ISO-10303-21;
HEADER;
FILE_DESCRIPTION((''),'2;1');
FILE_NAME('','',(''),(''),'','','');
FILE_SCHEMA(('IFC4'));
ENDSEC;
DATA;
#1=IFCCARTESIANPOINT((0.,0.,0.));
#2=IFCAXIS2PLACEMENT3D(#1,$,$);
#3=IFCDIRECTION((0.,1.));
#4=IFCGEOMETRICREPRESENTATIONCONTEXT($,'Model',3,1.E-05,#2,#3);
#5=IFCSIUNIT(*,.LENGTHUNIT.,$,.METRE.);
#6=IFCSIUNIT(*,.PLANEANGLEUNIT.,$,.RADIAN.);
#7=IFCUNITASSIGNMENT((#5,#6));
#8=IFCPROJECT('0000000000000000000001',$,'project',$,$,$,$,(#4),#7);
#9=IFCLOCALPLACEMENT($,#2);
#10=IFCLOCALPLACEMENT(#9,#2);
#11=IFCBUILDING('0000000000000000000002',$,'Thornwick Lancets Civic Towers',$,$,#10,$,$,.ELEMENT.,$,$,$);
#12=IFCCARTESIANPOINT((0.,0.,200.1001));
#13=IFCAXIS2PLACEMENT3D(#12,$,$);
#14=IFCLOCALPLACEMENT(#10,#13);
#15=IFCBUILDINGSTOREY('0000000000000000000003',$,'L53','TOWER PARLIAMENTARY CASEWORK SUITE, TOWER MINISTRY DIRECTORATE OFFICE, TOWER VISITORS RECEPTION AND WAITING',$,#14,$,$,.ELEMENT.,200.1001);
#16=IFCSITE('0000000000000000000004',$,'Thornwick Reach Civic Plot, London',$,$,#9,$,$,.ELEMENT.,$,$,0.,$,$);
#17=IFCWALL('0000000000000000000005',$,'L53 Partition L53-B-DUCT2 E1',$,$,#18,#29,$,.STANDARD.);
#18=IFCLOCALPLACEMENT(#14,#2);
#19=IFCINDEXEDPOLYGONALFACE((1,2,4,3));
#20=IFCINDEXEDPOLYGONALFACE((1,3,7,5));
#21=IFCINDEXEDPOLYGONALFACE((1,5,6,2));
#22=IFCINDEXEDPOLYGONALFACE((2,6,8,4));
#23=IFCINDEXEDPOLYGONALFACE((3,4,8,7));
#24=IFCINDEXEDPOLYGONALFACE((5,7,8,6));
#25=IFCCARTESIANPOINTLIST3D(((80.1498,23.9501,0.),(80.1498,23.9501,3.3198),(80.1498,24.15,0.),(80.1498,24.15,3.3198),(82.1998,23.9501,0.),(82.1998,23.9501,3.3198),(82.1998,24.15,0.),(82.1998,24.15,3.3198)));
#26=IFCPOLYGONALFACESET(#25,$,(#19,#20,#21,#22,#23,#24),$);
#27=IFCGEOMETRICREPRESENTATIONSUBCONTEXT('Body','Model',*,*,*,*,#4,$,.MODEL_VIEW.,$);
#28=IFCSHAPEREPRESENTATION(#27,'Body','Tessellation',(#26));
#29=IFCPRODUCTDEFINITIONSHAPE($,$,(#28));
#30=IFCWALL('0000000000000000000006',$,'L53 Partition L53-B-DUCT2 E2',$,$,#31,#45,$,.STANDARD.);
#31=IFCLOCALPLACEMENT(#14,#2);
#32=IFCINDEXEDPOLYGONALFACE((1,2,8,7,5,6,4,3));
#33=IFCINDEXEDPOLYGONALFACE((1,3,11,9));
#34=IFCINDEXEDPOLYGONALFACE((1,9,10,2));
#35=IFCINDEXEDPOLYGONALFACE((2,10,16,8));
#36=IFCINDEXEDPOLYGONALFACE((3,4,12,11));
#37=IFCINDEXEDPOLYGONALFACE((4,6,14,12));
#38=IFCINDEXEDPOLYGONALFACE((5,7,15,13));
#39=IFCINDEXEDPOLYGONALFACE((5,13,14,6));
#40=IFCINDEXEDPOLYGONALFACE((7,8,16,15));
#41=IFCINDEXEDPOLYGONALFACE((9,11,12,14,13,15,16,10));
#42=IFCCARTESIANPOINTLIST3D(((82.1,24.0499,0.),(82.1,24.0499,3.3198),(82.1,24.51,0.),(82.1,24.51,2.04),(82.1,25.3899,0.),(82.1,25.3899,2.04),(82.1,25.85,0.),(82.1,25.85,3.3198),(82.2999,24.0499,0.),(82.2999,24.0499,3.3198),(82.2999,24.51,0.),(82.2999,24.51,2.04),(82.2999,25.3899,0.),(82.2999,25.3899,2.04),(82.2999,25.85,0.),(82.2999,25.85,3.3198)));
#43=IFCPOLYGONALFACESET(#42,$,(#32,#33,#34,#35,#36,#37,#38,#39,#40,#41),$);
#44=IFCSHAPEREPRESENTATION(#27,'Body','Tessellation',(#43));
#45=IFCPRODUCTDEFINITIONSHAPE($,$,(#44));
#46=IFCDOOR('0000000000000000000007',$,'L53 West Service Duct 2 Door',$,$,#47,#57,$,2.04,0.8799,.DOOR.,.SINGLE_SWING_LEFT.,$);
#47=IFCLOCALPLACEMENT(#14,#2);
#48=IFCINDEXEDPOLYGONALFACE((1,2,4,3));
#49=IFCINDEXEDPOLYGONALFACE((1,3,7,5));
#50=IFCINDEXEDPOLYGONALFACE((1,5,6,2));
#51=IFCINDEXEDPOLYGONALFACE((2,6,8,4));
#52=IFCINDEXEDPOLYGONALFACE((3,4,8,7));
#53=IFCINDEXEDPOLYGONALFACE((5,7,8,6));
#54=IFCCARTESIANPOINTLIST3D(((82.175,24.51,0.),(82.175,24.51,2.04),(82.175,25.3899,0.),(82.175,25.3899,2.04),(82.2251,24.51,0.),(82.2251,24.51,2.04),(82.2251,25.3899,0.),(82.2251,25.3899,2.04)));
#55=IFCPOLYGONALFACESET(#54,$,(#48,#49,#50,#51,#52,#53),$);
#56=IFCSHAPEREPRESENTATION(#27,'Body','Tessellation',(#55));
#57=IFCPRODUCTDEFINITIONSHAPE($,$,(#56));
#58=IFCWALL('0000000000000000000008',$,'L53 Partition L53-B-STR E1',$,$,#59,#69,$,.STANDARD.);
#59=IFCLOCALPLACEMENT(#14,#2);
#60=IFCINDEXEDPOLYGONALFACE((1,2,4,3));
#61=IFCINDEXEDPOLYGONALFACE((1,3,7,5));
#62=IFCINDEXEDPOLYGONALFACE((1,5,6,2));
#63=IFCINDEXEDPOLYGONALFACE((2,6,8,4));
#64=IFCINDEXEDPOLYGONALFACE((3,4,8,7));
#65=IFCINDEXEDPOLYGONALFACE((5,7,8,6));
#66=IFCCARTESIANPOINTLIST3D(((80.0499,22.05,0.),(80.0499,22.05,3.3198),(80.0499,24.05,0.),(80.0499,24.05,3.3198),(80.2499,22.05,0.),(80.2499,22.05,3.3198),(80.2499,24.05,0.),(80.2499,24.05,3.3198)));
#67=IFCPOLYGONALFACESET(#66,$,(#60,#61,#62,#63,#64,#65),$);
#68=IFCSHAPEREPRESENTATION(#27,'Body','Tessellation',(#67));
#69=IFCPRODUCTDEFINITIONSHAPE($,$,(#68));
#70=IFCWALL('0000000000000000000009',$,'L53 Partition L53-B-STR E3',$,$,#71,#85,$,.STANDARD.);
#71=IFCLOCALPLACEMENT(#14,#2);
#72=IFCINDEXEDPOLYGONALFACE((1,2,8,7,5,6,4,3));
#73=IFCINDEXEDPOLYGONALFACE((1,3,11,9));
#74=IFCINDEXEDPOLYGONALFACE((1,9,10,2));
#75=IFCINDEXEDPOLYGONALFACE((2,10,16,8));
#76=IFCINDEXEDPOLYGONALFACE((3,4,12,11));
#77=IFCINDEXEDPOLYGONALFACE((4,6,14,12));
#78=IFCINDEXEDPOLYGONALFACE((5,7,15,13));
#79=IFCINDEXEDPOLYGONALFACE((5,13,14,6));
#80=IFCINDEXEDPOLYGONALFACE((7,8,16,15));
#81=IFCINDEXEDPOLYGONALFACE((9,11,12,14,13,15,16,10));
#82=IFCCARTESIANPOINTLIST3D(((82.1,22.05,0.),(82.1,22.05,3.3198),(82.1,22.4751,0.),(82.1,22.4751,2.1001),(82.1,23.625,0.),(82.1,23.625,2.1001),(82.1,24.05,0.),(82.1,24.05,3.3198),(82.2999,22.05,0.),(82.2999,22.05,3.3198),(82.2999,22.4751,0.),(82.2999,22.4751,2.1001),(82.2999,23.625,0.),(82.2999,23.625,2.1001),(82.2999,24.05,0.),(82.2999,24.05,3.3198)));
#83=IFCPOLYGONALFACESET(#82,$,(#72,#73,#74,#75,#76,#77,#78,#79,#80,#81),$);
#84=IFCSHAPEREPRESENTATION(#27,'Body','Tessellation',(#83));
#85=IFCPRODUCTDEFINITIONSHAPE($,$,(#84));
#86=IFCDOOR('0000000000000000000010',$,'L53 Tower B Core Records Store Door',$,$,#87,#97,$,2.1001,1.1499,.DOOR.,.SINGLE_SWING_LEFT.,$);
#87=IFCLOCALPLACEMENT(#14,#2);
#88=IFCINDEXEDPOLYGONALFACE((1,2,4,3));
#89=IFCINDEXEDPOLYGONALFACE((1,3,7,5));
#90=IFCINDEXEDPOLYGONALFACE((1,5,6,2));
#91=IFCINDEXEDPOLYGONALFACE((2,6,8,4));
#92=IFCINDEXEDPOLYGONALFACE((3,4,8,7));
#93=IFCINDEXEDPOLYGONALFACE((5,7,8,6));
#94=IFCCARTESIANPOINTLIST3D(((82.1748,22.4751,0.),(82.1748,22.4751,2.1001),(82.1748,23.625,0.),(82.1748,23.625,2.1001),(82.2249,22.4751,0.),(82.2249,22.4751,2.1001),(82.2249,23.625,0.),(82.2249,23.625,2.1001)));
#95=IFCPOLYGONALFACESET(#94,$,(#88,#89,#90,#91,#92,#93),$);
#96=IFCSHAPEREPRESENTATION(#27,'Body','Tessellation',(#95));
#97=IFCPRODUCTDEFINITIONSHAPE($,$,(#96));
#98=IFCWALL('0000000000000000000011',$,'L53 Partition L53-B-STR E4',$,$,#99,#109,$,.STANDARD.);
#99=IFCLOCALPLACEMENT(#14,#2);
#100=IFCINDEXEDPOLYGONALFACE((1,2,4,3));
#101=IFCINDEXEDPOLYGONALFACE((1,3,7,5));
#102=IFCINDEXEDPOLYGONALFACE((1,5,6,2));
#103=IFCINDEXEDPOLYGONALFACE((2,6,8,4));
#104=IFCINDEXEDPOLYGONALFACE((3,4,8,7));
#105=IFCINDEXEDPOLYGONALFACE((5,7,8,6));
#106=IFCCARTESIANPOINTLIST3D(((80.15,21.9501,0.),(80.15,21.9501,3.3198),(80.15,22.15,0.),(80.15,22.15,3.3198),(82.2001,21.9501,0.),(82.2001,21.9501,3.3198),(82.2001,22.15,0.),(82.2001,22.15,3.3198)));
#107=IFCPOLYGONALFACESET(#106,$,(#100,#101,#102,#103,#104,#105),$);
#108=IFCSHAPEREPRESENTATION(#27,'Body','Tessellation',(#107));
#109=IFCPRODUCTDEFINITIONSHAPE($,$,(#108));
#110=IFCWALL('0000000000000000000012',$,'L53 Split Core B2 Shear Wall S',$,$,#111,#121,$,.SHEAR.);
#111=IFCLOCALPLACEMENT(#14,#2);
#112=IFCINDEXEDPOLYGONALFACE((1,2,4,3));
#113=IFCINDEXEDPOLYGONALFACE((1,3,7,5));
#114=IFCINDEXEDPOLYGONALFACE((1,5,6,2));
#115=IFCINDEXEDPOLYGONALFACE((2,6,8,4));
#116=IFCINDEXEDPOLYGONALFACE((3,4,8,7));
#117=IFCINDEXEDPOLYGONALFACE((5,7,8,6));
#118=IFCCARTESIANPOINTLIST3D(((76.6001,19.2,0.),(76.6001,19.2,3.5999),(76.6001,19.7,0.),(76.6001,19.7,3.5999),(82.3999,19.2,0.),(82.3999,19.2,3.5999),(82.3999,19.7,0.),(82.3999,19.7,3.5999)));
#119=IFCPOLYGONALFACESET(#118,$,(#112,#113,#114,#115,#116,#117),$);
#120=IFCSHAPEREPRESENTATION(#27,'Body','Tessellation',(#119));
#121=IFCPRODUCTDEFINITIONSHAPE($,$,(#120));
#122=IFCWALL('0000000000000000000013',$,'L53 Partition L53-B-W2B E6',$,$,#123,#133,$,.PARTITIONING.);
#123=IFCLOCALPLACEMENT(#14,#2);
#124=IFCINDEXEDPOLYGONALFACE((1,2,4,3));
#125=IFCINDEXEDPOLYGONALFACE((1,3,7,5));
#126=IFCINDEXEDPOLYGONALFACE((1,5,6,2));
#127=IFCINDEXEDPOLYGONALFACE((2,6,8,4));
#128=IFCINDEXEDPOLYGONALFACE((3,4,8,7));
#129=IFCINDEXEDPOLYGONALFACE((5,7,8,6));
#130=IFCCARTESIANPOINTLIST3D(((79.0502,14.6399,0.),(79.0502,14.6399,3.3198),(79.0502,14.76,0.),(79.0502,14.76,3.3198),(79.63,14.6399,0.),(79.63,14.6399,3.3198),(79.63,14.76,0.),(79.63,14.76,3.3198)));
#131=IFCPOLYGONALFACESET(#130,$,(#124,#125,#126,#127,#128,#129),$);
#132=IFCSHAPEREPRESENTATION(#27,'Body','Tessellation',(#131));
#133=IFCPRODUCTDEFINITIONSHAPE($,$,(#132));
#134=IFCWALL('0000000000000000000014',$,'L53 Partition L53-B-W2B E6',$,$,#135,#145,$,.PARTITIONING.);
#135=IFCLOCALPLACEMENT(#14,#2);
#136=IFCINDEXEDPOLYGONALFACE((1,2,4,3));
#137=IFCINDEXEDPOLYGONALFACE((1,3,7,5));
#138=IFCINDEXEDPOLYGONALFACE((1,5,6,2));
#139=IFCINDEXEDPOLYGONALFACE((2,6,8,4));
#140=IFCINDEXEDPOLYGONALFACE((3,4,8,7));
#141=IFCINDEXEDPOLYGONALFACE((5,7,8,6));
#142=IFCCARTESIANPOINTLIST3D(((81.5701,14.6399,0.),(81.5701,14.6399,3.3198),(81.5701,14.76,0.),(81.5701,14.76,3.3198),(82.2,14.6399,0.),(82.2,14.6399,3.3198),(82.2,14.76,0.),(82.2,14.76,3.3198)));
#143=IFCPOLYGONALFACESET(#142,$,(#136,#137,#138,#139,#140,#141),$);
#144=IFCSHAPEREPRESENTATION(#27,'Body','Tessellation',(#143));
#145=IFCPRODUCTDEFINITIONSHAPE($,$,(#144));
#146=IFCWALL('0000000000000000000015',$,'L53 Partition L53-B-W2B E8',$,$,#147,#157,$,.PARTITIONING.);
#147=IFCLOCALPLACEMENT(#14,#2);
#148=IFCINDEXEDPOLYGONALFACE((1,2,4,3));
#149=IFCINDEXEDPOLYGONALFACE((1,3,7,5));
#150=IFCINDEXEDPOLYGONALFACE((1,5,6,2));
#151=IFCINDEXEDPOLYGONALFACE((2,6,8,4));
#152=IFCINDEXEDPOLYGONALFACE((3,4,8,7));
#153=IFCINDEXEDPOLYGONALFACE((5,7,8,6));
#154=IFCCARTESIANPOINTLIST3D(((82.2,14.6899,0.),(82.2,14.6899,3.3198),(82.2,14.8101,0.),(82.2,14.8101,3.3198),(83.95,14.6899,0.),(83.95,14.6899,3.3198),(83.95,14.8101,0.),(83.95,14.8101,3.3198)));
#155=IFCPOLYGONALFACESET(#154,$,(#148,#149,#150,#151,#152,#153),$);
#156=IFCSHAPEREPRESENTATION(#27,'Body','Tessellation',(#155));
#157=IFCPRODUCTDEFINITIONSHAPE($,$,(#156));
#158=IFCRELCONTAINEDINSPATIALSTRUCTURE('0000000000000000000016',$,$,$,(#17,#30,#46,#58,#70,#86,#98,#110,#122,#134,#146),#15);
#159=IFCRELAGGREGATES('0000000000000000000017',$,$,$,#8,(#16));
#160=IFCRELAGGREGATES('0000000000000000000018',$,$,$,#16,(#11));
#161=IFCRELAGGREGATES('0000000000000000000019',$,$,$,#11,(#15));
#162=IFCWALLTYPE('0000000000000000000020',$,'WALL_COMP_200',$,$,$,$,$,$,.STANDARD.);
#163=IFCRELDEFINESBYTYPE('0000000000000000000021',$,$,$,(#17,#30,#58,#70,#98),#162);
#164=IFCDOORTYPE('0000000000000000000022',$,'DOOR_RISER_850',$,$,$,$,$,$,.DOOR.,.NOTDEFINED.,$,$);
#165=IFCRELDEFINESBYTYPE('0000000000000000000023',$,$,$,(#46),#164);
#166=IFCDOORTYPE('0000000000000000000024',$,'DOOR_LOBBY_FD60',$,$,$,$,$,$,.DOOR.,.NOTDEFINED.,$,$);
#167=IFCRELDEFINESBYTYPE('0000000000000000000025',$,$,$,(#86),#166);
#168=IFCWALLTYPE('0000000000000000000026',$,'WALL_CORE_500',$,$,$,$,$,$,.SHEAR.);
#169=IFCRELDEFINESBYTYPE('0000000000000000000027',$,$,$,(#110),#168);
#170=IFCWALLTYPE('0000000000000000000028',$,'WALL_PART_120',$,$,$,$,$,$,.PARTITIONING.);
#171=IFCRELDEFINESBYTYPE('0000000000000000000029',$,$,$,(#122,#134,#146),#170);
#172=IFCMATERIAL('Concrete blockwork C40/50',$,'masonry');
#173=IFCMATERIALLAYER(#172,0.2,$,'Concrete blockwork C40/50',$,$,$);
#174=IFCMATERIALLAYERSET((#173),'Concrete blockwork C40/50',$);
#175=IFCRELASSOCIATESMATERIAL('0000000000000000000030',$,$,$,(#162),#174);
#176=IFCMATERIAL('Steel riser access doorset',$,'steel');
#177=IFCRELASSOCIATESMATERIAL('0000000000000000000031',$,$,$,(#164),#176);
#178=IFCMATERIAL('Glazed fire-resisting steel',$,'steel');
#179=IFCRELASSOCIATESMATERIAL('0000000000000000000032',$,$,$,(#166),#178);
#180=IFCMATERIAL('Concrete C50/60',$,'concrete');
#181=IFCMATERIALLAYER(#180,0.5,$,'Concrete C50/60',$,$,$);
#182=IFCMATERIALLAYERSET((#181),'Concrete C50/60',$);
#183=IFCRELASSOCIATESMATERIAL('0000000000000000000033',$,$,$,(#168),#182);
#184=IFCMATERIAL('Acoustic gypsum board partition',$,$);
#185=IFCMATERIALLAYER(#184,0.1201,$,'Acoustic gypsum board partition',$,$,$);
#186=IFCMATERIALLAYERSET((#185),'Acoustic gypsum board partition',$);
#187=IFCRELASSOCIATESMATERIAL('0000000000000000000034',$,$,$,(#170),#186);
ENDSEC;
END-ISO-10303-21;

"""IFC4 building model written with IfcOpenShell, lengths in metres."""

from ifc_helpers import new_model, si_unit, direction, frame, frame_2d, origin, place, context, subcontext, project, spatial, rectangle, extrude, material, layer, layer_set, type_object, element, fill, save


model = new_model("IFC4")

# Units and contexts
model_context = context("Model", 3, precision=1e-05, world=origin(), true_north=direction((0.0, 1.0)))
body_context = subcontext(model_context, "Body", "Model", "MODEL_VIEW")
ifc_project = project(units=[si_unit("LENGTHUNIT", "METRE"), si_unit("PLANEANGLEUNIT", "RADIAN")], contexts=[model_context])

# Site, building, storey
site_placement = place(None, origin())
site = spatial("IfcSite", under=ifc_project, at=site_placement, Name="Thornwick Reach Civic Plot, London", CompositionType="ELEMENT", RefElevation=0.0)
building_placement = place(site_placement, origin())
building = spatial("IfcBuilding", under=site, at=building_placement, Name="Thornwick Lancets Civic Towers", CompositionType="ELEMENT")
storey_placement = place(building_placement, frame((0.0, 0.0, 200.1001)))
storey = spatial("IfcBuildingStorey", under=building, at=storey_placement, Name="L53", Description="TOWER PARLIAMENTARY CASEWORK SUITE, TOWER MINISTRY DIRECTORATE OFFICE, TOWER VISITORS RECEPTION AND WAITING", CompositionType="ELEMENT", Elevation=200.1001)

# Shared definitions
ifc_material_1 = material(Name="Concrete C50/60", Category="concrete")

# Shared definitions
ifc_material_2 = material(Name="Concrete blockwork C40/50", Category="masonry")
ifc_layer_1 = layer(ifc_material_2, 0.2, Name="Concrete blockwork C40/50")
ifc_layer_set_1 = layer_set([ifc_layer_1], Name="Concrete blockwork C40/50")
wall_type_1 = type_object("IfcWallType", Name="WALL_COMP_200", PredefinedType="STANDARD", material=ifc_layer_set_1)

# Wall
wall_1_placement = place(storey_placement, frame((80.1499, 24.05, 0.0), z_axis=(0.0, 0.0, 1.0), x_axis=(1.0, 0.0, 0.0)))
element("IfcWall", 1, at=wall_1_placement, inside=storey, type_object=wall_type_1, Name="L53 Partition L53-B-DUCT2 E1", PredefinedType="STANDARD", context=body_context, shape_type="SweptSolid", body=[
    extrude(rectangle(XDim=2.05, YDim=0.2, at=frame_2d((1.0249, 0.0))), origin(), (0.0, 0.0, 1.0), 3.3198),
])

# Wall, opening, door
wall_2_placement = place(storey_placement, frame((82.2, 24.05, 0.0), z_axis=(0.0, 0.0, 1.0), x_axis=(0.0, 1.0, 0.0)))
wall_2 = element("IfcWall", 2, at=wall_2_placement, inside=storey, type_object=wall_type_1, Name="L53 Partition L53-B-DUCT2 E2", PredefinedType="STANDARD", context=body_context, shape_type="SweptSolid", body=[
    extrude(rectangle(XDim=1.8, YDim=0.2, at=frame_2d((0.8999, 0.0))), origin(), (0.0, 0.0, 1.0), 3.3198),
])
opening_1_placement = place(wall_2_placement, frame((0.46, 0.0, 0.0)))
opening_1 = element("IfcOpeningElement", 3, at=opening_1_placement, cuts=wall_2, PredefinedType="OPENING", context=body_context, shape_type="SweptSolid", body=[
    extrude(rectangle(XDim=0.8799, YDim=2.04, at=frame_2d((0.4399, 1.02))), frame((0.0, 0.1099, 0.0), z_axis=(0.0, -1.0, 0.0), x_axis=(1.0, 0.0, 0.0)), (0.0, 0.0, 1.0), 0.22),
])
ifc_material_3 = material(Name="Steel riser access doorset", Category="steel")
door_type_1 = type_object("IfcDoorType", Name="DOOR_RISER_850", OperationType="NOTDEFINED", PredefinedType="DOOR", material=ifc_material_3)
door_1_placement = place(opening_1_placement, origin())
door_1 = element("IfcDoor", 4, at=door_1_placement, inside=storey, type_object=door_type_1, Name="L53 West Service Duct 2 Door", OperationType="SINGLE_SWING_LEFT", OverallHeight=2.04, OverallWidth=0.8799, PredefinedType="DOOR", context=body_context, shape_type="SweptSolid", body=[
    extrude(rectangle(XDim=0.8799, YDim=2.04, at=frame_2d((0.4399, 1.02))), frame((0.0, 0.0249, 0.0), z_axis=(0.0, -1.0, 0.0), x_axis=(1.0, 0.0, 0.0)), (0.0, 0.0, 1.0), 0.05),
])
fill(opening_1, door_1)

# Wall
wall_3_placement = place(storey_placement, frame((80.1499, 22.05, 0.0), z_axis=(0.0, 0.0, 1.0), x_axis=(0.0, 1.0, 0.0)))
element("IfcWall", 5, at=wall_3_placement, inside=storey, type_object=wall_type_1, Name="L53 Partition L53-B-STR E1", PredefinedType="STANDARD", context=body_context, shape_type="SweptSolid", body=[
    extrude(rectangle(XDim=2.0, YDim=0.2, at=frame_2d((1.0, 0.0))), origin(), (0.0, 0.0, 1.0), 3.3198),
])

# Wall, opening, door
wall_4_placement = place(storey_placement, frame((82.2, 24.05, 0.0), z_axis=(0.0, 0.0, 1.0), x_axis=(0.0, -1.0, 0.0)))
wall_4 = element("IfcWall", 6, at=wall_4_placement, inside=storey, type_object=wall_type_1, Name="L53 Partition L53-B-STR E3", PredefinedType="STANDARD", context=body_context, shape_type="SweptSolid", body=[
    extrude(rectangle(XDim=2.0, YDim=0.2, at=frame_2d((1.0, 0.0))), origin(), (0.0, 0.0, 1.0), 3.3198),
])
opening_2_placement = place(wall_4_placement, frame((0.425, 0.0, 0.0)))
opening_2 = element("IfcOpeningElement", 7, at=opening_2_placement, cuts=wall_4, PredefinedType="OPENING", context=body_context, shape_type="SweptSolid", body=[
    extrude(rectangle(XDim=1.1499, YDim=2.1001, at=frame_2d((0.575, 1.05))), frame((0.0, 0.1099, 0.0), z_axis=(0.0, -1.0, 0.0), x_axis=(1.0, 0.0, 0.0)), (0.0, 0.0, 1.0), 0.22),
])
ifc_material_4 = material(Name="Glazed fire-resisting steel", Category="steel")
door_type_2 = type_object("IfcDoorType", Name="DOOR_LOBBY_FD60", OperationType="NOTDEFINED", PredefinedType="DOOR", material=ifc_material_4)
door_2_placement = place(opening_2_placement, origin())
door_2 = element("IfcDoor", 8, at=door_2_placement, inside=storey, type_object=door_type_2, Name="L53 Tower B Core Records Store Door", OperationType="SINGLE_SWING_LEFT", OverallHeight=2.1001, OverallWidth=1.1499, PredefinedType="DOOR", context=body_context, shape_type="SweptSolid", body=[
    extrude(rectangle(XDim=1.1499, YDim=2.1001, at=frame_2d((0.575, 1.05))), frame((0.0, 0.0249, 0.0), z_axis=(0.0, -1.0, 0.0), x_axis=(1.0, 0.0, 0.0)), (0.0, 0.0, 1.0), 0.05),
])
fill(opening_2, door_2)

# Walls
wall_5_placement = place(storey_placement, frame((82.2, 22.05, 0.0), z_axis=(0.0, 0.0, 1.0), x_axis=(-1.0, 0.0, 0.0)))
element("IfcWall", 9, at=wall_5_placement, inside=storey, type_object=wall_type_1, Name="L53 Partition L53-B-STR E4", PredefinedType="STANDARD", context=body_context, shape_type="SweptSolid", body=[
    extrude(rectangle(XDim=2.05, YDim=0.2, at=frame_2d((1.0249, 0.0))), origin(), (0.0, 0.0, 1.0), 3.3198),
])
ifc_layer_2 = layer(ifc_material_1, 0.5, Name="Concrete C50/60")
ifc_layer_set_2 = layer_set([ifc_layer_2], Name="Concrete C50/60")
wall_type_2 = type_object("IfcWallType", Name="WALL_CORE_500", PredefinedType="SHEAR", material=ifc_layer_set_2)
wall_6_placement = place(storey_placement, frame((76.6001, 19.45, 0.0), z_axis=(0.0, 0.0, 1.0), x_axis=(1.0, 0.0, 0.0)))
element("IfcWall", 10, at=wall_6_placement, inside=storey, type_object=wall_type_2, Name="L53 Split Core B2 Shear Wall S", PredefinedType="SHEAR", context=body_context, shape_type="SweptSolid", body=[
    extrude(rectangle(XDim=5.7998, YDim=0.5, at=frame_2d((2.8999, 0.0))), origin(), (0.0, 0.0, 1.0), 3.5999),
])
ifc_material_5 = material(Name="Acoustic gypsum board partition")
ifc_layer_3 = layer(ifc_material_5, 0.1201, Name="Acoustic gypsum board partition")
ifc_layer_set_3 = layer_set([ifc_layer_3], Name="Acoustic gypsum board partition")
wall_type_3 = type_object("IfcWallType", Name="WALL_PART_120", PredefinedType="PARTITIONING", material=ifc_layer_set_3)
wall_7_placement = place(storey_placement, frame((79.05, 14.7, 0.0), z_axis=(0.0, 0.0, 1.0), x_axis=(1.0, 0.0, 0.0)))
element("IfcWall", 11, at=wall_7_placement, inside=storey, type_object=wall_type_3, Name="L53 Partition L53-B-W2B E6", PredefinedType="PARTITIONING", context=body_context, shape_type="SweptSolid", body=[
    extrude(rectangle(XDim=0.5798, YDim=0.1201, at=frame_2d((0.29, 0.0))), origin(), (0.0, 0.0, 1.0), 3.3198),
])
wall_8_placement = place(storey_placement, frame((81.5701, 14.7, 0.0), z_axis=(0.0, 0.0, 1.0), x_axis=(1.0, 0.0, 0.0)))
element("IfcWall", 12, at=wall_8_placement, inside=storey, type_object=wall_type_3, Name="L53 Partition L53-B-W2B E6", PredefinedType="PARTITIONING", context=body_context, shape_type="SweptSolid", body=[
    extrude(rectangle(XDim=0.6299, YDim=0.1201, at=frame_2d((0.3149, 0.0))), origin(), (0.0, 0.0, 1.0), 3.3198),
])
wall_9_placement = place(storey_placement, frame((82.2, 14.75, 0.0), z_axis=(0.0, 0.0, 1.0), x_axis=(1.0, 0.0, 0.0)))
element("IfcWall", 13, at=wall_9_placement, inside=storey, type_object=wall_type_3, Name="L53 Partition L53-B-W2B E8", PredefinedType="PARTITIONING", context=body_context, shape_type="SweptSolid", body=[
    extrude(rectangle(XDim=1.75, YDim=0.1201, at=frame_2d((0.875, 0.0))), origin(), (0.0, 0.0, 1.0), 3.3198),
])

save(model, "model.ifc")
